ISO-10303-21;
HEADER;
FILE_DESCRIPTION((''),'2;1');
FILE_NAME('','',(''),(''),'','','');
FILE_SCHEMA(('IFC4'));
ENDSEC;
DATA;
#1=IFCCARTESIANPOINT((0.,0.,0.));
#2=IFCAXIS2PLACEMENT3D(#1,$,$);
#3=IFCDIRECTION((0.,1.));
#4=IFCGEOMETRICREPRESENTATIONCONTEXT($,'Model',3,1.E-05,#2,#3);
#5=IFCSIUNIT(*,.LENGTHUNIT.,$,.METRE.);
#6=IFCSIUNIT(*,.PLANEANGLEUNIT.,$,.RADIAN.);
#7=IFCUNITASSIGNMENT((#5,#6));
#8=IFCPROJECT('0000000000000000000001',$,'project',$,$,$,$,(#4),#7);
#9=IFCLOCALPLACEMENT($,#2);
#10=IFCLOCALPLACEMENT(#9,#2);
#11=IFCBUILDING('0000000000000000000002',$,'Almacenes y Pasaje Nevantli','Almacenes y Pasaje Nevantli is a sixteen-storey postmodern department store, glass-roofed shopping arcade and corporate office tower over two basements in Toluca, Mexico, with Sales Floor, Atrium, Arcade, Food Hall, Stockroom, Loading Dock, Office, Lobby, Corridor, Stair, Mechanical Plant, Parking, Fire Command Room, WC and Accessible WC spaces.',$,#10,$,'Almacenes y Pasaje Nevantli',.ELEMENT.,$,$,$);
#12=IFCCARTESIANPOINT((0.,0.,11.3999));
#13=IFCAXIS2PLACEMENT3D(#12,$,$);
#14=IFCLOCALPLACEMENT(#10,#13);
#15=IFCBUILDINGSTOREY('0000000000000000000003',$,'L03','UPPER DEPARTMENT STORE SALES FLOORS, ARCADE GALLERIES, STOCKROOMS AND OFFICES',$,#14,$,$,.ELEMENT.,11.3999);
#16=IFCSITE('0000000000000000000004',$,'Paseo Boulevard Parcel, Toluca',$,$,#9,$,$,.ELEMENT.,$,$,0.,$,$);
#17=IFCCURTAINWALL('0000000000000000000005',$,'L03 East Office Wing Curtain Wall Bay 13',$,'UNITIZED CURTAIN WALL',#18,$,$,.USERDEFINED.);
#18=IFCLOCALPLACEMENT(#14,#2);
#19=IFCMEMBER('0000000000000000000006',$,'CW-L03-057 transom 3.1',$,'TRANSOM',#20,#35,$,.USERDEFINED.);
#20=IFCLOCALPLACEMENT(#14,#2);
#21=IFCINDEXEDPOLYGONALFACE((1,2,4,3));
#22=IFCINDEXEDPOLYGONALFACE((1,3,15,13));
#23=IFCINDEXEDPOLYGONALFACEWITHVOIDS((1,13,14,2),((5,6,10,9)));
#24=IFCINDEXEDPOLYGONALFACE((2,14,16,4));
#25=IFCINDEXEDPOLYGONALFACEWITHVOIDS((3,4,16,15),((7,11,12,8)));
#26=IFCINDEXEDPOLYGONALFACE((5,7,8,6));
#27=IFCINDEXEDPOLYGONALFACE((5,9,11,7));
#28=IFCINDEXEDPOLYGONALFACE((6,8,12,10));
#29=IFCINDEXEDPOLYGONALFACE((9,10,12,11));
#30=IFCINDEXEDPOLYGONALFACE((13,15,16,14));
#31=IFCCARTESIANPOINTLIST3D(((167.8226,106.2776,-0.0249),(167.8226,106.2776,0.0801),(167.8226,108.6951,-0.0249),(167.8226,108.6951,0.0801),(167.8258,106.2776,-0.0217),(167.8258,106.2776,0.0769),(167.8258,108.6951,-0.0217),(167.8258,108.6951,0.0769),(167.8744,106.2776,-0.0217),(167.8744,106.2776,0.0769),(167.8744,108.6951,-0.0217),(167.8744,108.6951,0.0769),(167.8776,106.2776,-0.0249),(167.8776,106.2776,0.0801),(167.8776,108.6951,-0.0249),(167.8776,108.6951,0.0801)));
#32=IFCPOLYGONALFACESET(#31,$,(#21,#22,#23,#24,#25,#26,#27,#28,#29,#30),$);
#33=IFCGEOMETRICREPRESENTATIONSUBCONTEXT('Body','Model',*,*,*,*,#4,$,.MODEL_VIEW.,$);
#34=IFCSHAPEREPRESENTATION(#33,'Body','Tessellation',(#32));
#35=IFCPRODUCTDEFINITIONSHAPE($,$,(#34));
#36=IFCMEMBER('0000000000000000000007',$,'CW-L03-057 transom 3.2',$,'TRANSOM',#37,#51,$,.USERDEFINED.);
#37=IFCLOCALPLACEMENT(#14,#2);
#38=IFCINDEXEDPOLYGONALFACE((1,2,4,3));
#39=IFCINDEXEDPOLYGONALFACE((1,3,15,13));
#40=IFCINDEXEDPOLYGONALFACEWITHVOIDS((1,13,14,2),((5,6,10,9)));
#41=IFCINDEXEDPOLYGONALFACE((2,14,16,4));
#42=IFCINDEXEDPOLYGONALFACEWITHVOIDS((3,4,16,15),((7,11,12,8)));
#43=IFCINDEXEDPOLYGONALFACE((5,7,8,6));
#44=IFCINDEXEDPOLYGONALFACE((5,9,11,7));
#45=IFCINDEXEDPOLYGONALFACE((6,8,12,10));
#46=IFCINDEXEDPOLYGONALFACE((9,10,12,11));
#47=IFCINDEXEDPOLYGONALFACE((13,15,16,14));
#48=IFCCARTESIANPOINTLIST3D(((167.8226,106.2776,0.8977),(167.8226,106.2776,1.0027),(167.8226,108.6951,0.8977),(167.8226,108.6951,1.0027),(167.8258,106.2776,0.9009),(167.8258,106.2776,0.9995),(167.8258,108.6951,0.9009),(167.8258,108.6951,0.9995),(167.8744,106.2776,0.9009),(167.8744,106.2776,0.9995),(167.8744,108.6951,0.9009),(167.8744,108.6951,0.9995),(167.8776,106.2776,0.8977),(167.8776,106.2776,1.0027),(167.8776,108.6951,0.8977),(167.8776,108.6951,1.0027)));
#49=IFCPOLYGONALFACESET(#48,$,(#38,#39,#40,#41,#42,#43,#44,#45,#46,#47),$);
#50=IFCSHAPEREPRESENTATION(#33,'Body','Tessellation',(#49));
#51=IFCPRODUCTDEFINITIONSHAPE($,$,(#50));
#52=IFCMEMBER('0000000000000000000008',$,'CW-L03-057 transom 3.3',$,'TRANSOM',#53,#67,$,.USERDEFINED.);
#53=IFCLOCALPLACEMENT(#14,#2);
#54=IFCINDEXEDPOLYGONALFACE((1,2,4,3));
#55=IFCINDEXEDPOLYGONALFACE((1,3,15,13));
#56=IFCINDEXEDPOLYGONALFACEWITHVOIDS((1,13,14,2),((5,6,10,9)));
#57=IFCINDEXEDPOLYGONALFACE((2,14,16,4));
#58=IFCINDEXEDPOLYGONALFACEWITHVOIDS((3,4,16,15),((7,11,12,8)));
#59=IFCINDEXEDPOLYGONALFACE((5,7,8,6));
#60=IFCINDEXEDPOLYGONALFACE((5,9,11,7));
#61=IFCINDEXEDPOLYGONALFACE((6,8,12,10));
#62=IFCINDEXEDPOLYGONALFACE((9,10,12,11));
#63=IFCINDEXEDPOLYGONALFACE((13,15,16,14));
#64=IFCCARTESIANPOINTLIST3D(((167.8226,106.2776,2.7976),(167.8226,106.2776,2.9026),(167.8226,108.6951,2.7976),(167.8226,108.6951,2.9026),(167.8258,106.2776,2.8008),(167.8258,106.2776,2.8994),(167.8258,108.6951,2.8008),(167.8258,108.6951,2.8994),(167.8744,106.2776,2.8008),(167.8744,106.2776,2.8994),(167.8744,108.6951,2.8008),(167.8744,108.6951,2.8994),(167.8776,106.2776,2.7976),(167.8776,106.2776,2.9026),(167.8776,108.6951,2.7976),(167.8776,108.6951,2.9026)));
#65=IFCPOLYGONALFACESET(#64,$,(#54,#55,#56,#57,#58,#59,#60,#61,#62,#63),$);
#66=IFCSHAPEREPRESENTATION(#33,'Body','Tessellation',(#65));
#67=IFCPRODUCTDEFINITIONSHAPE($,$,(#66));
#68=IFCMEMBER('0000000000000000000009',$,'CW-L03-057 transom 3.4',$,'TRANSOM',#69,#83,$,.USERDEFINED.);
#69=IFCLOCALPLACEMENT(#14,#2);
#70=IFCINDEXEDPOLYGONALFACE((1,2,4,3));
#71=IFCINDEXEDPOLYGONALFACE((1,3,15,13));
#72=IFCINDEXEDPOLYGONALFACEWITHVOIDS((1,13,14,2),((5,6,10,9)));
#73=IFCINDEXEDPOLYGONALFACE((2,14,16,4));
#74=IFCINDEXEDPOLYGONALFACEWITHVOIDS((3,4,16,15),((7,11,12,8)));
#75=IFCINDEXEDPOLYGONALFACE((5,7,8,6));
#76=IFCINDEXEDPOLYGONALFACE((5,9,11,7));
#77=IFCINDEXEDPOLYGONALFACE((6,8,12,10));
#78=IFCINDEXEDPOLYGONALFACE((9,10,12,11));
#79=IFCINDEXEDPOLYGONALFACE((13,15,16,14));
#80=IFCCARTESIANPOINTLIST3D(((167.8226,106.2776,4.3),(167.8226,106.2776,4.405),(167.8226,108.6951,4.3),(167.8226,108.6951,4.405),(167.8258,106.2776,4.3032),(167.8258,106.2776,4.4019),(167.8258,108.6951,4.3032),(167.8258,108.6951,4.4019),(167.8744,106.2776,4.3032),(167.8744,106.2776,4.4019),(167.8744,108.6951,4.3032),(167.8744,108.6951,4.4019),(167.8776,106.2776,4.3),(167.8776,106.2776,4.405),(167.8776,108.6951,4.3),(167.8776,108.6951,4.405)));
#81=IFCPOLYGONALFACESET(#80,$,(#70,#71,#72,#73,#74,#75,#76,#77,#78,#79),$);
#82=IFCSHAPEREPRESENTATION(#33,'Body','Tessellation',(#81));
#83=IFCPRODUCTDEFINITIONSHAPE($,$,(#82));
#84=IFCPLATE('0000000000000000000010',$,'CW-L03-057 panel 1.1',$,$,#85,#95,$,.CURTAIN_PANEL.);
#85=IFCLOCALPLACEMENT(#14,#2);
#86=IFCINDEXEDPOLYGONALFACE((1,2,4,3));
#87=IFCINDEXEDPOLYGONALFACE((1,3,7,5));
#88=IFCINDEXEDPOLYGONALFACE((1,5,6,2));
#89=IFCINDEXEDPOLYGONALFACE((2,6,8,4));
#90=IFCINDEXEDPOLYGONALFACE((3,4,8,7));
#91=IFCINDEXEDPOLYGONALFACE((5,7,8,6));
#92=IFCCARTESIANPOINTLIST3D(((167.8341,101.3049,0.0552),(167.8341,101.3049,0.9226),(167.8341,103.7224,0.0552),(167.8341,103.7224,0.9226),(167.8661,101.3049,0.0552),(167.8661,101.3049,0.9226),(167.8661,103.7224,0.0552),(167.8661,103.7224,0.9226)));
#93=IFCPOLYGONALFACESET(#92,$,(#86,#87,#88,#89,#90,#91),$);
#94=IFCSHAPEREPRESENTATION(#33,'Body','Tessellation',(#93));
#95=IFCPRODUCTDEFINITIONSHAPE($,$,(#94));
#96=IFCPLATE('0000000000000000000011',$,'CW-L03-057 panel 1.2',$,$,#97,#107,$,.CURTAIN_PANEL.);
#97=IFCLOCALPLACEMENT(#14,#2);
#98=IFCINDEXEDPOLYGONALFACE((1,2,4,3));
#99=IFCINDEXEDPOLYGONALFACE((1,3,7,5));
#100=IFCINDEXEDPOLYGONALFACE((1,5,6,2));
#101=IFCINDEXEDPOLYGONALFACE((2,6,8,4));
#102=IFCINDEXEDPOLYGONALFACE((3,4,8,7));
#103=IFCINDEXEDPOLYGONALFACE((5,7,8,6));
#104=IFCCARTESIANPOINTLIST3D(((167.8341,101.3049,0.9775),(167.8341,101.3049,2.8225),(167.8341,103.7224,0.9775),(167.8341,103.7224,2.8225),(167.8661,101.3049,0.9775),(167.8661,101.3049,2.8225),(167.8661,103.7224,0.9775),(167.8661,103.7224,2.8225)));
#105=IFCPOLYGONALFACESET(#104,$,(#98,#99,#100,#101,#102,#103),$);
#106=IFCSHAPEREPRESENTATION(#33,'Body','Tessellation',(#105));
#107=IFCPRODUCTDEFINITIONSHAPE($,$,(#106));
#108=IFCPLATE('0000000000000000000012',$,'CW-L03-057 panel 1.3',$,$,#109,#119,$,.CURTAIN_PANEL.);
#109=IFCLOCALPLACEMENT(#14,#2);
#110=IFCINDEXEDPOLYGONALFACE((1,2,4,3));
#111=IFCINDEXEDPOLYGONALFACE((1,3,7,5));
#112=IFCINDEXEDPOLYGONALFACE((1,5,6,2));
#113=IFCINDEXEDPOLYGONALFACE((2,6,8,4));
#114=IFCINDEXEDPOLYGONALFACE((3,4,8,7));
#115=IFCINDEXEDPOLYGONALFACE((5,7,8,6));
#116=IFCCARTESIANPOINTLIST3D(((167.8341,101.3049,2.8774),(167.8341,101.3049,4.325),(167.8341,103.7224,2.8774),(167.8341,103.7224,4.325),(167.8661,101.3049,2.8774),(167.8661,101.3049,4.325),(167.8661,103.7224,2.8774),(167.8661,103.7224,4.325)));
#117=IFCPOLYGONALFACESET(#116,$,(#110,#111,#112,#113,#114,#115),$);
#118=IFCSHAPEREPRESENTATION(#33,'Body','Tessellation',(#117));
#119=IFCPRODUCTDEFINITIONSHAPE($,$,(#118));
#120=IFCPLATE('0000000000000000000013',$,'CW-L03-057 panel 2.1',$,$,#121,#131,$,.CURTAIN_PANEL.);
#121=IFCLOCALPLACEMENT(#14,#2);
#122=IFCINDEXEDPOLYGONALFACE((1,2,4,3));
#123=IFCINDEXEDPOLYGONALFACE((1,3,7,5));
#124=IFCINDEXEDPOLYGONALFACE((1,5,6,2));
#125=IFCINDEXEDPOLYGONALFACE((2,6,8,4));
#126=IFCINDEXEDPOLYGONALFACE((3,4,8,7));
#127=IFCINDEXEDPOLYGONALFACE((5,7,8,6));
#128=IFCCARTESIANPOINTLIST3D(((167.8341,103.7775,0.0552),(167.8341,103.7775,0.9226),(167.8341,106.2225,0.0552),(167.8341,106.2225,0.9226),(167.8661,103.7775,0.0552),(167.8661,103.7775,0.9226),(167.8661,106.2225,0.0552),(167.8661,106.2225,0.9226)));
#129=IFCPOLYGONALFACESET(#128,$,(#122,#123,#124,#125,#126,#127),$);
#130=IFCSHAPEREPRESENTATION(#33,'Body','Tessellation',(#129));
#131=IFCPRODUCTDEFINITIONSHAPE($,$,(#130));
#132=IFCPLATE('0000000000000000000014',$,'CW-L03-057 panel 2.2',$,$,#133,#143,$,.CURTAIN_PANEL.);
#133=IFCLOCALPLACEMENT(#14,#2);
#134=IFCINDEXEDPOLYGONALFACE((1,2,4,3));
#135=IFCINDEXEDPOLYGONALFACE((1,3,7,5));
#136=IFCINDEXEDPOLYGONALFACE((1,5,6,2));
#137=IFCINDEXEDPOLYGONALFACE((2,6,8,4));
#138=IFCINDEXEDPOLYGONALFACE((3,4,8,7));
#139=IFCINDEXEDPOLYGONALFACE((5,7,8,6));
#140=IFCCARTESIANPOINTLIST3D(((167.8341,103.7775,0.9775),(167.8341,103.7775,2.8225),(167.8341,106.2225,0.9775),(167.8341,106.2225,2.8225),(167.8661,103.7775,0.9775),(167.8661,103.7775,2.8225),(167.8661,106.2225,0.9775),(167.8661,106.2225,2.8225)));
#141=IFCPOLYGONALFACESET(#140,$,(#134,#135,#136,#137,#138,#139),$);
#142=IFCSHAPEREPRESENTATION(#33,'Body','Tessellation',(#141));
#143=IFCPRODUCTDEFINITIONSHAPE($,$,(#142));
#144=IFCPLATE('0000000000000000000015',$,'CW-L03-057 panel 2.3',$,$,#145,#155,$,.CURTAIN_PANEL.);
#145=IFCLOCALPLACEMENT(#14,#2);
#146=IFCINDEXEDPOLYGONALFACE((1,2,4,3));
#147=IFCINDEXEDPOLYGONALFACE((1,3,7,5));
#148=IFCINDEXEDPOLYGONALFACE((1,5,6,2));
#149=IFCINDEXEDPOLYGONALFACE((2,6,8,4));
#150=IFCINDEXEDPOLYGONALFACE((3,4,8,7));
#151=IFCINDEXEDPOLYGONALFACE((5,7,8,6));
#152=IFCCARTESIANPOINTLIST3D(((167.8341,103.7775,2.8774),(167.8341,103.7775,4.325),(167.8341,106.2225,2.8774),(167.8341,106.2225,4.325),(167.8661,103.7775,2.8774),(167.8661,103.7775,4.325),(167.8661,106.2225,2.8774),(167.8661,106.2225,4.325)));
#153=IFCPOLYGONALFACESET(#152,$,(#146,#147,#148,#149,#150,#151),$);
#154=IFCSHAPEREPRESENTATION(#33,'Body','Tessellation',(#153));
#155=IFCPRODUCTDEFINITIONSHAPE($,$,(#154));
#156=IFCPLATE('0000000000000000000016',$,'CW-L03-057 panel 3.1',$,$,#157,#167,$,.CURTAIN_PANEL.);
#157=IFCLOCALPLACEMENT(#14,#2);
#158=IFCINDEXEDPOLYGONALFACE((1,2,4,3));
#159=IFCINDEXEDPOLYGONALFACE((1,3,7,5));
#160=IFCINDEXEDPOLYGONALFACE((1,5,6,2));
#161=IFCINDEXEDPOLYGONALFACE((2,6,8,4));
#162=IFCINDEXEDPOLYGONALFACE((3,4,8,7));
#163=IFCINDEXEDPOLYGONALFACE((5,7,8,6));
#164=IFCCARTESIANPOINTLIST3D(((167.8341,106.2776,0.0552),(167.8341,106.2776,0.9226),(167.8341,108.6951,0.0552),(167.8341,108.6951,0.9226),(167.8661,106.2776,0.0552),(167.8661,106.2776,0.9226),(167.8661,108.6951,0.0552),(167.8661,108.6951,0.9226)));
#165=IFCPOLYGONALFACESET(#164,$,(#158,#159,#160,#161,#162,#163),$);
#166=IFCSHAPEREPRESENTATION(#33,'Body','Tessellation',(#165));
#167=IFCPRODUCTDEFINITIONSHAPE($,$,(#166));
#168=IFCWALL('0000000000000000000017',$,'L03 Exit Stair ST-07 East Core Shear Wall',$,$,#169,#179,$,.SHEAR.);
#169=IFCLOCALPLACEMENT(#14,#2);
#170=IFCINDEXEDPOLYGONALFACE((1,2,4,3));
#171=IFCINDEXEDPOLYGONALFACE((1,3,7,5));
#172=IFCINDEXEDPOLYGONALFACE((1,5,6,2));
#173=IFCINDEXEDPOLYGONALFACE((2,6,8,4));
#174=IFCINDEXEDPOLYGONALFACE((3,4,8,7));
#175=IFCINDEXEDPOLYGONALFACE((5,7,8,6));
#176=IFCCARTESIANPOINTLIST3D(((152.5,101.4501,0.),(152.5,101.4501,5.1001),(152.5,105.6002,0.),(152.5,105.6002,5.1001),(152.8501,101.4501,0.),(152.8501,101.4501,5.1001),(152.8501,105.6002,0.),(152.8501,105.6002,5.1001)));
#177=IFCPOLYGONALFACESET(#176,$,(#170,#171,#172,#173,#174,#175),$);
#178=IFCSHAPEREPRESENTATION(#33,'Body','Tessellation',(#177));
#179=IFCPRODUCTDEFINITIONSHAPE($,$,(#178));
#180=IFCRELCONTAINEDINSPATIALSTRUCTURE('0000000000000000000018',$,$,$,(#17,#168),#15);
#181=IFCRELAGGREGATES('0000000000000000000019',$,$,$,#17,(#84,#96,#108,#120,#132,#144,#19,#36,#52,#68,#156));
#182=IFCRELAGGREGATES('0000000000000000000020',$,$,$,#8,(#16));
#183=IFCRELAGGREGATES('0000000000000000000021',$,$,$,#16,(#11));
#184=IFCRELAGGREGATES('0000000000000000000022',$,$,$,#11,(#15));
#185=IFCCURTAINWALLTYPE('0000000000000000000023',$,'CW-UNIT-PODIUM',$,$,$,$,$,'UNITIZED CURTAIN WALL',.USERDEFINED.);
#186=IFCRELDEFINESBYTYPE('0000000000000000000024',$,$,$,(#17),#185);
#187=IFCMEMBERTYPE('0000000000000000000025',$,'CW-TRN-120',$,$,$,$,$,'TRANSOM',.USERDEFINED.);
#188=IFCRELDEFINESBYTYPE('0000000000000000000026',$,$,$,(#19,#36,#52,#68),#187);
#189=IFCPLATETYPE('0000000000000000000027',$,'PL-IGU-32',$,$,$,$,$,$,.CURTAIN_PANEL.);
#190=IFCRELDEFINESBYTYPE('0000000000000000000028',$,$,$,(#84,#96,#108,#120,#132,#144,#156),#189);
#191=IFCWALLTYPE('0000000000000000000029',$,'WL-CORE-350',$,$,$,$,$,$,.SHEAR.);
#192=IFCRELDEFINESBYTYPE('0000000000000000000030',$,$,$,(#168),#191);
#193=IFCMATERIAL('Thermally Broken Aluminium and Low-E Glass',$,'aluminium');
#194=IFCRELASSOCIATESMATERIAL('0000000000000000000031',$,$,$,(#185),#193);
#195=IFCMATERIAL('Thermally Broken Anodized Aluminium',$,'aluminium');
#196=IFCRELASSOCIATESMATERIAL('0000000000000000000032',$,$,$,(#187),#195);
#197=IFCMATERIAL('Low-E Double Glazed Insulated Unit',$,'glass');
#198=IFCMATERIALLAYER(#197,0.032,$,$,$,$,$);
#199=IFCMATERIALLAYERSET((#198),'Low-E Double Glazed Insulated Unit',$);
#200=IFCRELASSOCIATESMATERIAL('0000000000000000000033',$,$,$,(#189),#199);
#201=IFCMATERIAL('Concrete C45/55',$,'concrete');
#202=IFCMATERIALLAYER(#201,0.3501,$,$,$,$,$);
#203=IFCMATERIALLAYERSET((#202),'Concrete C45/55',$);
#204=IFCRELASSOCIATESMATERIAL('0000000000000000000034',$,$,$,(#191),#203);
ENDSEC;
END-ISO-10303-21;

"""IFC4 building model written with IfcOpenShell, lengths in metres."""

from ifc_helpers import new_model, si_unit, direction, frame, frame_2d, origin, origin_2d, place, context, subcontext, project, spatial, rectangle, hollow_rectangle, extrude, material, layer, layer_set, material_profile, profile_set, type_object, element, aggregate, save


model = new_model("IFC4")

# Units and contexts
model_context = context("Model", 3, precision=1e-05, world=origin(), true_north=direction((0.0, 1.0)))
body_context = subcontext(model_context, "Body", "Model", "MODEL_VIEW")
ifc_project = project(units=[si_unit("LENGTHUNIT", "METRE"), si_unit("PLANEANGLEUNIT", "RADIAN")], contexts=[model_context])

# Site, building, storey
site_placement = place(None, origin())
site = spatial("IfcSite", under=ifc_project, at=site_placement, Name="Paseo Boulevard Parcel, Toluca", CompositionType="ELEMENT", RefElevation=0.0)
building_placement = place(site_placement, origin())
building = spatial("IfcBuilding", under=site, at=building_placement, Name="Almacenes y Pasaje Nevantli", Description="Almacenes y Pasaje Nevantli is a sixteen-storey postmodern department store, glass-roofed shopping arcade and corporate office tower over two basements in Toluca, Mexico, with Sales Floor, Atrium, Arcade, Food Hall, Stockroom, Loading Dock, Office, Lobby, Corridor, Stair, Mechanical Plant, Parking, Fire Command Room, WC and Accessible WC spaces.", LongName="Almacenes y Pasaje Nevantli", CompositionType="ELEMENT")
storey_placement = place(building_placement, frame((0.0, 0.0, 11.3999)))
storey = spatial("IfcBuildingStorey", under=building, at=storey_placement, Name="L03", Description="UPPER DEPARTMENT STORE SALES FLOORS, ARCADE GALLERIES, STOCKROOMS AND OFFICES", CompositionType="ELEMENT", Elevation=11.3999)

# Curtain wall, members, plates
ifc_material_1 = material(Name="Thermally Broken Aluminium and Low-E Glass", Category="aluminium")
curtain_wall_type = type_object("IfcCurtainWallType", Name="CW-UNIT-PODIUM", ElementType="UNITIZED CURTAIN WALL", PredefinedType="USERDEFINED", material=ifc_material_1)
curtain_wall_placement = place(storey_placement, origin())
curtain_wall = element("IfcCurtainWall", 1, at=curtain_wall_placement, inside=storey, type_object=curtain_wall_type, Name="L03 East Office Wing Curtain Wall Bay 13", ObjectType="UNITIZED CURTAIN WALL", PredefinedType="USERDEFINED")
ifc_material_2 = material(Name="Thermally Broken Anodized Aluminium", Category="aluminium")
ifc_material_profile_1 = material_profile(ifc_material_2, hollow_rectangle(XDim=0.0549, YDim=0.105, WallThickness=0.0032, at=origin_2d()), Name="ALU-TRN-55x105")
ifc_profile_set_1 = profile_set([ifc_material_profile_1], Name="Thermally Broken Anodized Aluminium")
member_type_1 = type_object("IfcMemberType", Name="CW-TRN-120", ElementType="TRANSOM", PredefinedType="USERDEFINED", material=ifc_profile_set_1)
member_1_placement = place(storey_placement, frame((167.8501, 106.2776, 0.0276), z_axis=(0.0, 1.0, 0.0), x_axis=(-1.0, 0.0, 0.0)))
member_1 = element("IfcMember", 2, at=member_1_placement, type_object=member_type_1, Name="CW-L03-057 transom 3.1", ObjectType="TRANSOM", PredefinedType="USERDEFINED", context=body_context, shape_type="SweptSolid", body=[
    extrude(hollow_rectangle(XDim=0.0549, YDim=0.105, WallThickness=0.0032, at=origin_2d()), origin(), (0.0, 0.0, 1.0), 2.4175),
])
member_2_placement = place(storey_placement, frame((167.8501, 106.2776, 0.9502), z_axis=(0.0, 1.0, 0.0), x_axis=(-1.0, 0.0, 0.0)))
member_2 = element("IfcMember", 3, at=member_2_placement, type_object=member_type_1, Name="CW-L03-057 transom 3.2", ObjectType="TRANSOM", PredefinedType="USERDEFINED", context=body_context, shape_type="SweptSolid", body=[
    extrude(hollow_rectangle(XDim=0.0549, YDim=0.105, WallThickness=0.0032, at=origin_2d()), origin(), (0.0, 0.0, 1.0), 2.4175),
])
member_3_placement = place(storey_placement, frame((167.8501, 106.2776, 2.8501), z_axis=(0.0, 1.0, 0.0), x_axis=(-1.0, 0.0, 0.0)))
member_3 = element("IfcMember", 4, at=member_3_placement, type_object=member_type_1, Name="CW-L03-057 transom 3.3", ObjectType="TRANSOM", PredefinedType="USERDEFINED", context=body_context, shape_type="SweptSolid", body=[
    extrude(hollow_rectangle(XDim=0.0549, YDim=0.105, WallThickness=0.0032, at=origin_2d()), origin(), (0.0, 0.0, 1.0), 2.4175),
])
member_4_placement = place(storey_placement, frame((167.8501, 106.2776, 4.3525), z_axis=(0.0, 1.0, 0.0), x_axis=(-1.0, 0.0, 0.0)))
member_4 = element("IfcMember", 5, at=member_4_placement, type_object=member_type_1, Name="CW-L03-057 transom 3.4", ObjectType="TRANSOM", PredefinedType="USERDEFINED", context=body_context, shape_type="SweptSolid", body=[
    extrude(hollow_rectangle(XDim=0.0549, YDim=0.105, WallThickness=0.0032, at=origin_2d()), origin(), (0.0, 0.0, 1.0), 2.4175),
])
ifc_material_3 = material(Name="Low-E Double Glazed Insulated Unit", Category="glass")
ifc_layer_1 = layer(ifc_material_3, 0.032)
ifc_layer_set_1 = layer_set([ifc_layer_1], Name="Low-E Double Glazed Insulated Unit")
plate_type = type_object("IfcPlateType", Name="PL-IGU-32", PredefinedType="CURTAIN_PANEL", material=ifc_layer_set_1)
plate_1_placement = place(storey_placement, frame((167.8501, 102.5137, 0.0552), z_axis=(0.0, 0.0, 1.0), x_axis=(0.0, 1.0, 0.0)))
plate_1 = element("IfcPlate", 6, at=plate_1_placement, type_object=plate_type, Name="CW-L03-057 panel 1.1", PredefinedType="CURTAIN_PANEL", context=body_context, shape_type="SweptSolid", body=[
    extrude(rectangle(XDim=2.4175, YDim=0.032, at=origin_2d()), origin(), (0.0, 0.0, 1.0), 0.8674),
])
plate_2_placement = place(storey_placement, frame((167.8501, 102.5137, 0.9775), z_axis=(0.0, 0.0, 1.0), x_axis=(0.0, 1.0, 0.0)))
plate_2 = element("IfcPlate", 7, at=plate_2_placement, type_object=plate_type, Name="CW-L03-057 panel 1.2", PredefinedType="CURTAIN_PANEL", context=body_context, shape_type="SweptSolid", body=[
    extrude(rectangle(XDim=2.4175, YDim=0.032, at=origin_2d()), origin(), (0.0, 0.0, 1.0), 1.845),
])
plate_3_placement = place(storey_placement, frame((167.8501, 102.5137, 2.8774), z_axis=(0.0, 0.0, 1.0), x_axis=(0.0, 1.0, 0.0)))
plate_3 = element("IfcPlate", 8, at=plate_3_placement, type_object=plate_type, Name="CW-L03-057 panel 1.3", PredefinedType="CURTAIN_PANEL", context=body_context, shape_type="SweptSolid", body=[
    extrude(rectangle(XDim=2.4175, YDim=0.032, at=origin_2d()), origin(), (0.0, 0.0, 1.0), 1.4475),
])
plate_4_placement = place(storey_placement, frame((167.8501, 105.0, 0.0552), z_axis=(0.0, 0.0, 1.0), x_axis=(0.0, 1.0, 0.0)))
plate_4 = element("IfcPlate", 9, at=plate_4_placement, type_object=plate_type, Name="CW-L03-057 panel 2.1", PredefinedType="CURTAIN_PANEL", context=body_context, shape_type="SweptSolid", body=[
    extrude(rectangle(XDim=2.4451, YDim=0.032, at=origin_2d()), origin(), (0.0, 0.0, 1.0), 0.8674),
])
plate_5_placement = place(storey_placement, frame((167.8501, 105.0, 0.9775), z_axis=(0.0, 0.0, 1.0), x_axis=(0.0, 1.0, 0.0)))
plate_5 = element("IfcPlate", 10, at=plate_5_placement, type_object=plate_type, Name="CW-L03-057 panel 2.2", PredefinedType="CURTAIN_PANEL", context=body_context, shape_type="SweptSolid", body=[
    extrude(rectangle(XDim=2.4451, YDim=0.032, at=origin_2d()), origin(), (0.0, 0.0, 1.0), 1.845),
])
plate_6_placement = place(storey_placement, frame((167.8501, 105.0, 2.8774), z_axis=(0.0, 0.0, 1.0), x_axis=(0.0, 1.0, 0.0)))
plate_6 = element("IfcPlate", 11, at=plate_6_placement, type_object=plate_type, Name="CW-L03-057 panel 2.3", PredefinedType="CURTAIN_PANEL", context=body_context, shape_type="SweptSolid", body=[
    extrude(rectangle(XDim=2.4451, YDim=0.032, at=origin_2d()), origin(), (0.0, 0.0, 1.0), 1.4475),
])
plate_7_placement = place(storey_placement, frame((167.8501, 107.4863, 0.0552), z_axis=(0.0, 0.0, 1.0), x_axis=(0.0, 1.0, 0.0)))
plate_7 = element("IfcPlate", 12, at=plate_7_placement, type_object=plate_type, Name="CW-L03-057 panel 3.1", PredefinedType="CURTAIN_PANEL", context=body_context, shape_type="SweptSolid", body=[
    extrude(rectangle(XDim=2.4175, YDim=0.032, at=origin_2d()), origin(), (0.0, 0.0, 1.0), 0.8674),
])
aggregate(curtain_wall, [plate_1, plate_2, plate_3, plate_4, plate_5, plate_6, member_1, member_2, member_3, member_4, plate_7])

# Wall
ifc_material_4 = material(Name="Concrete C45/55", Category="concrete")
ifc_layer_2 = layer(ifc_material_4, 0.3501)
ifc_layer_set_2 = layer_set([ifc_layer_2], Name="Concrete C45/55")
wall_type_1 = type_object("IfcWallType", Name="WL-CORE-350", PredefinedType="SHEAR", material=ifc_layer_set_2)
wall_1_placement = place(storey_placement, frame((152.675, 101.45, 0.0), z_axis=(0.0, 0.0, 1.0), x_axis=(0.0, 1.0, 0.0)))
element("IfcWall", 13, at=wall_1_placement, inside=storey, type_object=wall_type_1, Name="L03 Exit Stair ST-07 East Core Shear Wall", PredefinedType="SHEAR", context=body_context, shape_type="SweptSolid", body=[
    extrude(rectangle(XDim=4.1501, YDim=0.3501, at=frame_2d((2.0752, 0.0))), origin(), (0.0, 0.0, 1.0), 5.1001),
])

save(model, "model.ifc")
